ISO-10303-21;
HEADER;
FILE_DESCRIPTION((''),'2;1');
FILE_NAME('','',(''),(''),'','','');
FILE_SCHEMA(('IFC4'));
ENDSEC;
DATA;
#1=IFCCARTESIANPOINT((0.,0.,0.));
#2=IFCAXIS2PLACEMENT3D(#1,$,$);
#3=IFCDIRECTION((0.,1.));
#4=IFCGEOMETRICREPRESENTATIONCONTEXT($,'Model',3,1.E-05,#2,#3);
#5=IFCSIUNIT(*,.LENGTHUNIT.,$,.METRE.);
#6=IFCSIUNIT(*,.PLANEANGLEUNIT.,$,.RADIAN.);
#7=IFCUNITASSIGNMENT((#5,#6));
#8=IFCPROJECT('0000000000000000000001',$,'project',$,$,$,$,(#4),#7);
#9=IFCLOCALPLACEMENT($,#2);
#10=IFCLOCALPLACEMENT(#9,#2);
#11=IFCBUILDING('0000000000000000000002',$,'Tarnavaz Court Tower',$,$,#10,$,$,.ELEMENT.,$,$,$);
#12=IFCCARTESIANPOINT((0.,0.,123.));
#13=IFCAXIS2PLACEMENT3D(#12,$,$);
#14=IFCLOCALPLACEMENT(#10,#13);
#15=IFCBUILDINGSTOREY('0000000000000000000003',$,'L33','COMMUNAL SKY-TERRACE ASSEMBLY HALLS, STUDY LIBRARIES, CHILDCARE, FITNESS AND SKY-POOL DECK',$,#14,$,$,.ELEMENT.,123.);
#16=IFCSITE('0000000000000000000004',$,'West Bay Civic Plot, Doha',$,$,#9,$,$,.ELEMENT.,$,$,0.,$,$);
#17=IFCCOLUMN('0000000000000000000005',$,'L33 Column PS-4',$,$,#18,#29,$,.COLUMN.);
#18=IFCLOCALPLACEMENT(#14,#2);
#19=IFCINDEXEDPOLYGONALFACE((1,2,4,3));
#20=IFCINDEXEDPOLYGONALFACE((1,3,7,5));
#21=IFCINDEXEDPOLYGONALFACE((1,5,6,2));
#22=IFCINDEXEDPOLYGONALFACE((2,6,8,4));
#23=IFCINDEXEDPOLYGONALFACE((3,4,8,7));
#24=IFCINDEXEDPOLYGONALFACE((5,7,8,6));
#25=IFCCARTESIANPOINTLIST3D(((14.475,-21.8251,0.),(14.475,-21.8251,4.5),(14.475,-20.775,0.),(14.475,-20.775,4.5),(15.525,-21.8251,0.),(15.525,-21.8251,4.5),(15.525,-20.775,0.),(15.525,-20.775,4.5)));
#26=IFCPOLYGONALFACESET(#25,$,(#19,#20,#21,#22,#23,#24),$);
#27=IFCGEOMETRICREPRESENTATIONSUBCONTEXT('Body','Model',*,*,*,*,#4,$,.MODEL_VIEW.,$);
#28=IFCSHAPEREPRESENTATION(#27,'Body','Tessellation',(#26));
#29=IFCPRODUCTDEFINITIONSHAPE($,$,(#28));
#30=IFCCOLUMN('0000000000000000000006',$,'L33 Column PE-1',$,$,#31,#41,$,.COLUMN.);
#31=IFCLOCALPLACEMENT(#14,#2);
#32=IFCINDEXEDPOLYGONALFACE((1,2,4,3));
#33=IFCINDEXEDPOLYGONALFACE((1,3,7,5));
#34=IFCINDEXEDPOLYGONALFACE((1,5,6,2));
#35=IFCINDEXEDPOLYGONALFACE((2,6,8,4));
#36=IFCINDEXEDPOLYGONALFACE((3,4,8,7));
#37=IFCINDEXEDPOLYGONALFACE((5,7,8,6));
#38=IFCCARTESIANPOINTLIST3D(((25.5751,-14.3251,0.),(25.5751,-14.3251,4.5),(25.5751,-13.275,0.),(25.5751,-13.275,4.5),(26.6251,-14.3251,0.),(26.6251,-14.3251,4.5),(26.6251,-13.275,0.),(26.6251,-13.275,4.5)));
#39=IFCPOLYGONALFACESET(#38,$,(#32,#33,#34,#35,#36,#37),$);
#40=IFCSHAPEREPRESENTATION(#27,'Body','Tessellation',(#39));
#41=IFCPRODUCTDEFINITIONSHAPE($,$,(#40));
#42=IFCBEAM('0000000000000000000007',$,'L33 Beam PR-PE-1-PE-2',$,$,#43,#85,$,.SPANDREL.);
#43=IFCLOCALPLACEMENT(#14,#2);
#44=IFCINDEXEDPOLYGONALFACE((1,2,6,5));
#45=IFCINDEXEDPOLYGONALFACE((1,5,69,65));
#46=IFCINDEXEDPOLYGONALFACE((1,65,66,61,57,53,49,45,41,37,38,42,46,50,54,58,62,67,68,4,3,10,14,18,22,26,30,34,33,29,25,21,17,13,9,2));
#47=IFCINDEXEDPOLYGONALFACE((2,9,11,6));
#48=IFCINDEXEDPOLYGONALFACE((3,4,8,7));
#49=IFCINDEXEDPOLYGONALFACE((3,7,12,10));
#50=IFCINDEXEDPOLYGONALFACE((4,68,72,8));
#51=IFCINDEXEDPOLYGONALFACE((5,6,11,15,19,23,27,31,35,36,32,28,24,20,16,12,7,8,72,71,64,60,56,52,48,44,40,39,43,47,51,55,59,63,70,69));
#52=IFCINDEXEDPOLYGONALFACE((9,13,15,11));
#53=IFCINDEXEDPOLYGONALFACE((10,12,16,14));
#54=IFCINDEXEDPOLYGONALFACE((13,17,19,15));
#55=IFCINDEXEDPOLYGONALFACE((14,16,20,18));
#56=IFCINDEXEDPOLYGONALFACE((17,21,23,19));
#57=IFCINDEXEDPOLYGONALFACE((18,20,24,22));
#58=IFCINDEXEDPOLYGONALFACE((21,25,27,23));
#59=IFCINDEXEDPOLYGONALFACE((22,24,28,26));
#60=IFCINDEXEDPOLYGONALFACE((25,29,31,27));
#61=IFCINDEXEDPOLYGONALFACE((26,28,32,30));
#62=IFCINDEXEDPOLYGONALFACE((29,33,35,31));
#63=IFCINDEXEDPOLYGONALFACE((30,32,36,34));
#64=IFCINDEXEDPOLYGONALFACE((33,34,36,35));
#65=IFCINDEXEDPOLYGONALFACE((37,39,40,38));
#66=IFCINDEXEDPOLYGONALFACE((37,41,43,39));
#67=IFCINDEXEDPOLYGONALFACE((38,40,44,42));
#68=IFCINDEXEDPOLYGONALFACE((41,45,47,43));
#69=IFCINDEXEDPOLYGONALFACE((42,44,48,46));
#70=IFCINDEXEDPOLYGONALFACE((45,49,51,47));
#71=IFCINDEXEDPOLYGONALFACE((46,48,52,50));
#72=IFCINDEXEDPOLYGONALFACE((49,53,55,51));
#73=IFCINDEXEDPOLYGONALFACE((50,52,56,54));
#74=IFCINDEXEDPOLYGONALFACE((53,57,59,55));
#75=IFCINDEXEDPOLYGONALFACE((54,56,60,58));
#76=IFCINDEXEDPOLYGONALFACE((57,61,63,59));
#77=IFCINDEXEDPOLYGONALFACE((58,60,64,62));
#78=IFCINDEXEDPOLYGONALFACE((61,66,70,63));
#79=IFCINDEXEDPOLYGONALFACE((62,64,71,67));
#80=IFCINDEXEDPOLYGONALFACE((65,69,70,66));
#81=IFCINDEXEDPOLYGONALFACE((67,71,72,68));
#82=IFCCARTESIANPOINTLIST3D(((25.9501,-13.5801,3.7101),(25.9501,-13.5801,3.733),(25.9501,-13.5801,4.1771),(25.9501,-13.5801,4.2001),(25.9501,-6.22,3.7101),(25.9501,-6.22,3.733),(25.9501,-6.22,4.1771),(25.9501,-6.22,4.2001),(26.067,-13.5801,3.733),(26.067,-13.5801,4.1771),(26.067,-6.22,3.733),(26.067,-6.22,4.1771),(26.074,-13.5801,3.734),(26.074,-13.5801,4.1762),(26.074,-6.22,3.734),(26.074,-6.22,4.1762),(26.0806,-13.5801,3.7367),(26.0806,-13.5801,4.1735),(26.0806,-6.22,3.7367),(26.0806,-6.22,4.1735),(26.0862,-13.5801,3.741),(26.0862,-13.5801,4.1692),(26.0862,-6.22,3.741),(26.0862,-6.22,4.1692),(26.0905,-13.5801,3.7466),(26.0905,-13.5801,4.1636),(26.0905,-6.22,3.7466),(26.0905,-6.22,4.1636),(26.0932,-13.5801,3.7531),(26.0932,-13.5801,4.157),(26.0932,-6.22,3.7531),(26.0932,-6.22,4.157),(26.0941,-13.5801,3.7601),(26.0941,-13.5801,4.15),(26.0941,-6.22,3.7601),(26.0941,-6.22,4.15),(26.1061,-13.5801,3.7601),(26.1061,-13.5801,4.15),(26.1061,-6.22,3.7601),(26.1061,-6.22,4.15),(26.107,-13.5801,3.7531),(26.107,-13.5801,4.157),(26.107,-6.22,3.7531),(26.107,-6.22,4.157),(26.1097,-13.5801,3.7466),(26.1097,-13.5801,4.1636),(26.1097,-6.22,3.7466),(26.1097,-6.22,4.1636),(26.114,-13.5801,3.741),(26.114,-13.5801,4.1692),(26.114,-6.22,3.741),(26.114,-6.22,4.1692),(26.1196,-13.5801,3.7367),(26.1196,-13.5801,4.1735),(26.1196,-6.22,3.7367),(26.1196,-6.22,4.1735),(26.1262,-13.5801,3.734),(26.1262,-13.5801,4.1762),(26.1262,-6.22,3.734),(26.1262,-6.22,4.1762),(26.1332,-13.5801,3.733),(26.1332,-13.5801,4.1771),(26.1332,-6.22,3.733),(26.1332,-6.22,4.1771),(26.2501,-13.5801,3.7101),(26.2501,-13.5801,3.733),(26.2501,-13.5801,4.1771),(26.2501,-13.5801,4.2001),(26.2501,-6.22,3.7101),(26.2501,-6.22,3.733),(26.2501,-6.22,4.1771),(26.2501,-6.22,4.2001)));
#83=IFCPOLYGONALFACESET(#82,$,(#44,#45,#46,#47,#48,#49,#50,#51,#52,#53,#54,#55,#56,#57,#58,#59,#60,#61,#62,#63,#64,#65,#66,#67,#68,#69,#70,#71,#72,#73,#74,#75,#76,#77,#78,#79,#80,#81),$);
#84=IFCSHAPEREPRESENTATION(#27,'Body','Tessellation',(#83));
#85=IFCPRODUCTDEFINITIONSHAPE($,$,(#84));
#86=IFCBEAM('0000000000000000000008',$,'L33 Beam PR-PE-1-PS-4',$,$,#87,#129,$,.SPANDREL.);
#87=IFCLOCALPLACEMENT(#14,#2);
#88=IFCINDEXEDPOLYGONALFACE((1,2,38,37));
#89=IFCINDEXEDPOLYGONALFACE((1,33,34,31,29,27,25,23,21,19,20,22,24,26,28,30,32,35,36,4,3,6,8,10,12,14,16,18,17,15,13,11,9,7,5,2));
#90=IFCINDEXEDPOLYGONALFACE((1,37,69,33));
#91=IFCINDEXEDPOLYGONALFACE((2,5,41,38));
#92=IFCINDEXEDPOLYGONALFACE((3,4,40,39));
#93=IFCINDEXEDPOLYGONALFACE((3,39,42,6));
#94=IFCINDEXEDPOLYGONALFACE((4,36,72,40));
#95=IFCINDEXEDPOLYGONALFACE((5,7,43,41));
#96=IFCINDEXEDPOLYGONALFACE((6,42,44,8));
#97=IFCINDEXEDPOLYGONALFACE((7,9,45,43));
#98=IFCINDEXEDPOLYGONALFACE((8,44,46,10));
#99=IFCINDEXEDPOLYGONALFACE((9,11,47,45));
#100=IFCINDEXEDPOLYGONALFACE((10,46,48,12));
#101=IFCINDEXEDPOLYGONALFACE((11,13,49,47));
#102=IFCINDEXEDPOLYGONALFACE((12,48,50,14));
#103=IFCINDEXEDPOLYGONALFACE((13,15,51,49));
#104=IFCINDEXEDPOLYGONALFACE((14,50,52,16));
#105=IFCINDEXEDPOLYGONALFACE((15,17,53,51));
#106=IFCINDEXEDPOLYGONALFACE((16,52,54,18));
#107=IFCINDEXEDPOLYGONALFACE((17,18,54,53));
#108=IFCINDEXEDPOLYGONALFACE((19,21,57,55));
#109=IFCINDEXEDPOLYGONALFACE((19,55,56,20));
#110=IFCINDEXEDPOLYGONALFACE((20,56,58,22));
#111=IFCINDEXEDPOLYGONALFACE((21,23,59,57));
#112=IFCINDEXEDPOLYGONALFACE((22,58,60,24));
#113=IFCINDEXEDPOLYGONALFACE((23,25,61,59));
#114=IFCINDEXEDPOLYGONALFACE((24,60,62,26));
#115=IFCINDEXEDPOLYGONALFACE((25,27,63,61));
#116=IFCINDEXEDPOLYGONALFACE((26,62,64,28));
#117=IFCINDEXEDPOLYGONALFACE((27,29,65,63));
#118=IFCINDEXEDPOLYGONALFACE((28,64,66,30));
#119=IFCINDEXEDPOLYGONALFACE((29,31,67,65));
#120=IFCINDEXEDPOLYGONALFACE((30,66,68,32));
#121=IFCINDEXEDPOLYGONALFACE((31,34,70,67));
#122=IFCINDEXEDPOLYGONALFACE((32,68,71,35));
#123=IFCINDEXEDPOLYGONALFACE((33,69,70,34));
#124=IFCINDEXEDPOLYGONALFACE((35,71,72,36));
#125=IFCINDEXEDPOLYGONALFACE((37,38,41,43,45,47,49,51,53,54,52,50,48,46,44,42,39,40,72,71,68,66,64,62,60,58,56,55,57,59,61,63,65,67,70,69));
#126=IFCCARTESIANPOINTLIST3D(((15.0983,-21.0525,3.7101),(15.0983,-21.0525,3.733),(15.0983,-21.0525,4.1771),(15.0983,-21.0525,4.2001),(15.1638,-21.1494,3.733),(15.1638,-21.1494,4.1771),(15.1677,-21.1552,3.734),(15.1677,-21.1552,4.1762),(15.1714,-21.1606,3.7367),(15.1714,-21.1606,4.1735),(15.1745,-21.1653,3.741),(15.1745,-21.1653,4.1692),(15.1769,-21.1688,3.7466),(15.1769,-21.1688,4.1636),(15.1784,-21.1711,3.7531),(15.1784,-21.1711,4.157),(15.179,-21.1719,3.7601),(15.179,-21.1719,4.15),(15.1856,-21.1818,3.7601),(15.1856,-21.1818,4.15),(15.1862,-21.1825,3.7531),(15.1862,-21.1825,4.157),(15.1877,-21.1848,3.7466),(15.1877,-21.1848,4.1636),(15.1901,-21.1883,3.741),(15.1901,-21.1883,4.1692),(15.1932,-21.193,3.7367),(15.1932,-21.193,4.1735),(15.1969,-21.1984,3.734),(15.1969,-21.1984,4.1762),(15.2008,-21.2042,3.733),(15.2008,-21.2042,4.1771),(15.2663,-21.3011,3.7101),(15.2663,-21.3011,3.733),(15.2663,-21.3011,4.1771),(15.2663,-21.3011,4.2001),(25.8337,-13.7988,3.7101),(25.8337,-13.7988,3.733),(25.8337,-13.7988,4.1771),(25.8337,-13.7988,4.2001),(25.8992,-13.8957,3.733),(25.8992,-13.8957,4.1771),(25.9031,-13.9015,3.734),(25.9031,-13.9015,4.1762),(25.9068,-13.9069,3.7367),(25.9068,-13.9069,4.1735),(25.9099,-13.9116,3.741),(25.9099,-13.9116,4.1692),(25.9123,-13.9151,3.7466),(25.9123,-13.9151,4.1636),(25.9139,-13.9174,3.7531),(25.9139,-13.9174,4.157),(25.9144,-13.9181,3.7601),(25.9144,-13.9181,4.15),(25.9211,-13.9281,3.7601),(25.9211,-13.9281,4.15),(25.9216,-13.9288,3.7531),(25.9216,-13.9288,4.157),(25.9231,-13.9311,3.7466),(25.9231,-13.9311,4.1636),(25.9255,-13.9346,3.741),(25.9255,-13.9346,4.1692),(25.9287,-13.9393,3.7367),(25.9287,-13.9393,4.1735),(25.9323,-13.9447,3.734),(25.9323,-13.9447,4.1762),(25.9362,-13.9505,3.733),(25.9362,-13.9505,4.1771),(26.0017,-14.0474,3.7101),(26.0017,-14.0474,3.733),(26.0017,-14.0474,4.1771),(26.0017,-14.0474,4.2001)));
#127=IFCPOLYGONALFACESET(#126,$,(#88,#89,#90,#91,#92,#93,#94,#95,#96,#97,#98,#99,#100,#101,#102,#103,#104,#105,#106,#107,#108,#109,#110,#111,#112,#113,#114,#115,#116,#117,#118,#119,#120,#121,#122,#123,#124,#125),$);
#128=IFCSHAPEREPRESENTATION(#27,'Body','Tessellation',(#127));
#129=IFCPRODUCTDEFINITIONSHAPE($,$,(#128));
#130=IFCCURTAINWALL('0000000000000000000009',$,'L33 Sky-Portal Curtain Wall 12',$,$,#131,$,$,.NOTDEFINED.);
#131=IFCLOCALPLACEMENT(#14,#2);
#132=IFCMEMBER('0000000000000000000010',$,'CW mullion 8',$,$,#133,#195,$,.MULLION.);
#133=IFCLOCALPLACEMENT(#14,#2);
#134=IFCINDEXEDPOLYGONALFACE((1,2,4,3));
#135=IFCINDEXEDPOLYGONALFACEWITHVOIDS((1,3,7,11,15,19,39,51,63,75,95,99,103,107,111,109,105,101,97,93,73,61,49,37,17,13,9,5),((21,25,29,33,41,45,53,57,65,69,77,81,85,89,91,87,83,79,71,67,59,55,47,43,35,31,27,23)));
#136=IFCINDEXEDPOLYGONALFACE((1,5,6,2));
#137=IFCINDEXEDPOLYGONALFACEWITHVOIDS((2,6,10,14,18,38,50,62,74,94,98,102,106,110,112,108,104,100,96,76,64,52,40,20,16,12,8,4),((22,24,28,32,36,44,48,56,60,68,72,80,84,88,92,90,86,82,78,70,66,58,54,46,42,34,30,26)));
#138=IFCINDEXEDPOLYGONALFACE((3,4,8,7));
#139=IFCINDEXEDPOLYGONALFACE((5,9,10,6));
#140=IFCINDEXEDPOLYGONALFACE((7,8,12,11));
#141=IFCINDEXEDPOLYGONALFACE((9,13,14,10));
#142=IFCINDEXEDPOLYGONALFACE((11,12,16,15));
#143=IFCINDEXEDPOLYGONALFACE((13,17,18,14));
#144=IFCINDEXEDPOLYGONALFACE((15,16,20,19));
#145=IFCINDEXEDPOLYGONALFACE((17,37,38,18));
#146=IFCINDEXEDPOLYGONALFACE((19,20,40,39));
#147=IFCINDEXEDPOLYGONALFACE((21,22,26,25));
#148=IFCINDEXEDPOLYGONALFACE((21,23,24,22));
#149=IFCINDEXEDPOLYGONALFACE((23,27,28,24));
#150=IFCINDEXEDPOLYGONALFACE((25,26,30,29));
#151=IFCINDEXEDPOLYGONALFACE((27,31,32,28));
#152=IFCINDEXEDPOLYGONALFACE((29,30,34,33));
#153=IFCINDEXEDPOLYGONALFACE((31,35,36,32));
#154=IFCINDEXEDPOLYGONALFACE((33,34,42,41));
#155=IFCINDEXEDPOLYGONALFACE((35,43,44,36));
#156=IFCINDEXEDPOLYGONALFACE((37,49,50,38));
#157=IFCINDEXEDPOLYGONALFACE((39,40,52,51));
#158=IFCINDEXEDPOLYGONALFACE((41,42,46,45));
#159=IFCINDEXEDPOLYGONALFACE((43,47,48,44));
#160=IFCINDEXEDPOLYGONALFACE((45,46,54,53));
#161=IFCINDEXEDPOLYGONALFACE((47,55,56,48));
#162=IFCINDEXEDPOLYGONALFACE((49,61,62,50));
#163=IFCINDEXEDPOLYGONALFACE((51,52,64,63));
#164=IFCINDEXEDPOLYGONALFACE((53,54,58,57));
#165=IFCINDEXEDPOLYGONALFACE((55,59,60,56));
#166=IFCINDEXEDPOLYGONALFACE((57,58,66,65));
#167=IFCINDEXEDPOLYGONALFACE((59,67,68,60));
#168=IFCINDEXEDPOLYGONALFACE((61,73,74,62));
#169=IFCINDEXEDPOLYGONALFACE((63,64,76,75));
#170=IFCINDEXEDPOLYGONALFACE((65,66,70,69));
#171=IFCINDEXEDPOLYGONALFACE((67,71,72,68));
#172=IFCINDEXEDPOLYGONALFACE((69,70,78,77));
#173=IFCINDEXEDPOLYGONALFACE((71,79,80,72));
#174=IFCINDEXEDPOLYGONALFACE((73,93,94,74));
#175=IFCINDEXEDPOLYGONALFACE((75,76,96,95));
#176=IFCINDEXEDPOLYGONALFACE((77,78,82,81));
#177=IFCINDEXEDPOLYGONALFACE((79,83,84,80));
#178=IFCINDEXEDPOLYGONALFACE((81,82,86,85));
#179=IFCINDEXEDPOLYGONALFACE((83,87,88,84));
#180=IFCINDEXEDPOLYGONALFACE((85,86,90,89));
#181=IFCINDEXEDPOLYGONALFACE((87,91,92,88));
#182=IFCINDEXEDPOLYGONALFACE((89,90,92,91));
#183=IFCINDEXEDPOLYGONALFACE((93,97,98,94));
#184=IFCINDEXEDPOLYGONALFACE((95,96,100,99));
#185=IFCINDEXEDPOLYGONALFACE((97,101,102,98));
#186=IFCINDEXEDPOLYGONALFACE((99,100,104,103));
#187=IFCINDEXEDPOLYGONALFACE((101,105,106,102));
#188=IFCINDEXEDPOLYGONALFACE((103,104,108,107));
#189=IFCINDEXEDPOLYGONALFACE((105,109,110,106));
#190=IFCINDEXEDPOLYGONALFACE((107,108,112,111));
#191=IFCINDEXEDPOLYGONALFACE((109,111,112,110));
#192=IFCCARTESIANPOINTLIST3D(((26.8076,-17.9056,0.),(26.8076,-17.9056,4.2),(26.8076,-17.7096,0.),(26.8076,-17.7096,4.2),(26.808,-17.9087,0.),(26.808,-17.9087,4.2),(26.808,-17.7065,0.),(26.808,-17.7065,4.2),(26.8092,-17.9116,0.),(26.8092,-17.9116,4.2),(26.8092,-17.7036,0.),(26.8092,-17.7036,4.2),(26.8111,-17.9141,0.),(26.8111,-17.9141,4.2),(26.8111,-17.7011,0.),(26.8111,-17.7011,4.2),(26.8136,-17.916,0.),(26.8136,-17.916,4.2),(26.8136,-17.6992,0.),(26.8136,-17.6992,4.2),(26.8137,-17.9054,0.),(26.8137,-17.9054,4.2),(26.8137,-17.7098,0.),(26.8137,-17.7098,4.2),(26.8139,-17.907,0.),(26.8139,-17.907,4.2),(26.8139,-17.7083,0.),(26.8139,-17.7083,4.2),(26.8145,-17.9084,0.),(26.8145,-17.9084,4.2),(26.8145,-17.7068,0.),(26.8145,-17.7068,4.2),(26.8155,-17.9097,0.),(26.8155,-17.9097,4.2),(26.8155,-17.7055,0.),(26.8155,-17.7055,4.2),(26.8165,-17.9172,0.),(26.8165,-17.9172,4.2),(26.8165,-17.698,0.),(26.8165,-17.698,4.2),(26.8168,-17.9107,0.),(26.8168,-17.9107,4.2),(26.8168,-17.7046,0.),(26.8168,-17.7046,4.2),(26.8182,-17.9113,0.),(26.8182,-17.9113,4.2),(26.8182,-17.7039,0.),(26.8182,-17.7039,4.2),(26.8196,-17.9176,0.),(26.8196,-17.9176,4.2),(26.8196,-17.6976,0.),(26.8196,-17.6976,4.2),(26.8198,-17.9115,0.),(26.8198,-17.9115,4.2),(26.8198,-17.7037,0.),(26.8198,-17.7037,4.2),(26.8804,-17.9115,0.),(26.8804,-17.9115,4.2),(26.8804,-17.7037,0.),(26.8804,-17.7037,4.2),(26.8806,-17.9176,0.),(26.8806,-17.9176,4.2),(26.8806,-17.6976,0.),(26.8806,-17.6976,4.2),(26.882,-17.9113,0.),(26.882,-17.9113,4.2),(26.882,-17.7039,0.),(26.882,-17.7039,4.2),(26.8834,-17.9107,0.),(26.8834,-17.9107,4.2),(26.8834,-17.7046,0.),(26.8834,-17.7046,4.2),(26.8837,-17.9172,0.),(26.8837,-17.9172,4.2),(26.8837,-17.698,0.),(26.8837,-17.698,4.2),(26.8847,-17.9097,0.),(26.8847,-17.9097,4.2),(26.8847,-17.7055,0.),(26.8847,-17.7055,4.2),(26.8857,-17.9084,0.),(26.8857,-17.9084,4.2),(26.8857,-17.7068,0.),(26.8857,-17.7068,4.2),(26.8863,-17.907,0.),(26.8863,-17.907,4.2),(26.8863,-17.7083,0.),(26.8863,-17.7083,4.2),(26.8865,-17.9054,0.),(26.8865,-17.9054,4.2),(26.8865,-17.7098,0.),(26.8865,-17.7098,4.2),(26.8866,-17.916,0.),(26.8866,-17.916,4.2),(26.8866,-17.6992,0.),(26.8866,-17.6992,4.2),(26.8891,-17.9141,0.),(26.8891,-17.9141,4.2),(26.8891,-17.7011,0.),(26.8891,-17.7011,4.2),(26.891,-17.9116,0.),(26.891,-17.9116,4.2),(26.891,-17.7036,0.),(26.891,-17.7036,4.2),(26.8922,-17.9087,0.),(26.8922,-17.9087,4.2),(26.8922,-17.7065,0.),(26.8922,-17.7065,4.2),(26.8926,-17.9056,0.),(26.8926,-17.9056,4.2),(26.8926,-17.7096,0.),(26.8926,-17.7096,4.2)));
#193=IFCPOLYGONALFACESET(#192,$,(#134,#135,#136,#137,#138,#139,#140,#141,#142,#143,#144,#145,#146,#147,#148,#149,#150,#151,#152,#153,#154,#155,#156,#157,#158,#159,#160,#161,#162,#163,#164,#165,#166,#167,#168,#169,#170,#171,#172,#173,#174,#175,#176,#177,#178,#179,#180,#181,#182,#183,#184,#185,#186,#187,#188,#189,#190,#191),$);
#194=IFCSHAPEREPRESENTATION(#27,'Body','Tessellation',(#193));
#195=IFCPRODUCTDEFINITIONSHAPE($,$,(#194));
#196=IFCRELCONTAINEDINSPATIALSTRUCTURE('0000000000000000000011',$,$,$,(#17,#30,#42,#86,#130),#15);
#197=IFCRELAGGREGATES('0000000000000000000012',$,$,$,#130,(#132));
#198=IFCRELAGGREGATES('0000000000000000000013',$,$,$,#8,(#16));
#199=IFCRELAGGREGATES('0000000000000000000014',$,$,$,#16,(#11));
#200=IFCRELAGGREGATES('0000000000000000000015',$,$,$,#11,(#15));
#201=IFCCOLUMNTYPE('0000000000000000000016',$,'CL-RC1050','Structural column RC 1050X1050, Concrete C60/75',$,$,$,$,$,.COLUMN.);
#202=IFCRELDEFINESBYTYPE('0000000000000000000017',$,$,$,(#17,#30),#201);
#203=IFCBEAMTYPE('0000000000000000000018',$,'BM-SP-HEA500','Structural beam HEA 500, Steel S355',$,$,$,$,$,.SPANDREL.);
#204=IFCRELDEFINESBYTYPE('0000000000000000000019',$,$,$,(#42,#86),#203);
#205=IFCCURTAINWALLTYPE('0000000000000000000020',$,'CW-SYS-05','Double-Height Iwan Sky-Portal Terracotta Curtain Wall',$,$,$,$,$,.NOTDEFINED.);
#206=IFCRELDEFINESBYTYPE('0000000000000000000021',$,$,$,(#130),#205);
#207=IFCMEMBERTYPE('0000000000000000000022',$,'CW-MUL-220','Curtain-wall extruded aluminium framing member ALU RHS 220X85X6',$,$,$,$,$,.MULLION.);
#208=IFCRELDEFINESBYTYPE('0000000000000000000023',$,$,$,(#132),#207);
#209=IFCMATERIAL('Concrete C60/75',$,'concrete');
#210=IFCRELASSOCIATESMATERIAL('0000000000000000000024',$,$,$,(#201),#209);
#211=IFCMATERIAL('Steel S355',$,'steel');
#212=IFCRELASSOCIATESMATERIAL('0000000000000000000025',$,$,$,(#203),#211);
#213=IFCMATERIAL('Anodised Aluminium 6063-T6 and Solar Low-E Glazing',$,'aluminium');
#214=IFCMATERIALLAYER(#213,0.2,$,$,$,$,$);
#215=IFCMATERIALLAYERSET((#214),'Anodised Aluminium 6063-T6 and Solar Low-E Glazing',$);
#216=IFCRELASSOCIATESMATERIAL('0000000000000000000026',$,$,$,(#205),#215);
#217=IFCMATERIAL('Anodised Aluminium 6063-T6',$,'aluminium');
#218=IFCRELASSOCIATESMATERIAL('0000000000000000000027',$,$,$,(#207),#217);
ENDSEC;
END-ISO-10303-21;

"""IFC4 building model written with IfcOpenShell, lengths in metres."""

from ifc_helpers import new_model, si_unit, direction, frame, origin, origin_2d, place, context, subcontext, project, spatial, rectangle, hollow_rectangle, i_section, extrude, material, layer, layer_set, material_profile, profile_set, type_object, element, aggregate, save


model = new_model("IFC4")

# Units and contexts
model_context = context("Model", 3, precision=1e-05, world=origin(), true_north=direction((0.0, 1.0)))
body_context = subcontext(model_context, "Body", "Model", "MODEL_VIEW")
ifc_project = project(units=[si_unit("LENGTHUNIT", "METRE"), si_unit("PLANEANGLEUNIT", "RADIAN")], contexts=[model_context])

# Site, building, storey
site_placement = place(None, origin())
site = spatial("IfcSite", under=ifc_project, at=site_placement, Name="West Bay Civic Plot, Doha", CompositionType="ELEMENT", RefElevation=0.0)
building_placement = place(site_placement, origin())
building = spatial("IfcBuilding", under=site, at=building_placement, Name="Tarnavaz Court Tower", CompositionType="ELEMENT")
storey_placement = place(building_placement, frame((0.0, 0.0, 123.0)))
storey = spatial("IfcBuildingStorey", under=building, at=storey_placement, Name="L33", Description="COMMUNAL SKY-TERRACE ASSEMBLY HALLS, STUDY LIBRARIES, CHILDCARE, FITNESS AND SKY-POOL DECK", CompositionType="ELEMENT", Elevation=123.0)

# Columns
ifc_material_1 = material(Name="Concrete C60/75", Category="concrete")
ifc_material_profile_1 = material_profile(ifc_material_1, rectangle(XDim=1.05, YDim=1.05, at=origin_2d()), Name="RC 1050X1050")
ifc_profile_set_1 = profile_set([ifc_material_profile_1], Name="Concrete C60/75")
column_type = type_object("IfcColumnType", Name="CL-RC1050", Description="Structural column RC 1050X1050, Concrete C60/75", PredefinedType="COLUMN", material=ifc_profile_set_1)
for number, where, z_axis, x_axis, name in (
    (1, (15.0, -21.3, 0.0), (0.0, 0.0, 1.0), (1.0, 0.0, 0.0), "L33 Column PS-4"),
    (2, (26.1001, -13.8, 0.0), (0.0, 0.0, 1.0), (1.0, 0.0, 0.0), "L33 Column PE-1"),
):
    element("IfcColumn", number, at=place(storey_placement, frame(where, z_axis=z_axis, x_axis=x_axis)), inside=storey, type_object=column_type, Name=name, PredefinedType="COLUMN", context=body_context, shape_type="SweptSolid", body=[
        extrude(rectangle(XDim=1.05, YDim=1.05, at=origin_2d()), origin(), (0.0, 0.0, 1.0), 4.5),
    ])

# Beams
ifc_material_2 = material(Name="Steel S355", Category="steel")
ifc_material_profile_2 = material_profile(ifc_material_2, i_section(OverallWidth=0.3, OverallDepth=0.49, WebThickness=0.012, FlangeThickness=0.0229, FilletRadius=0.0271, at=origin_2d()), Name="HEA 500")
ifc_profile_set_2 = profile_set([ifc_material_profile_2], Name="Steel S355")
beam_type = type_object("IfcBeamType", Name="BM-SP-HEA500", Description="Structural beam HEA 500, Steel S355", PredefinedType="SPANDREL", material=ifc_profile_set_2)
beam_1_placement = place(storey_placement, frame((26.1001, -13.5801, 3.9551), z_axis=(0.0, 1.0, 0.0), x_axis=(-1.0, 0.0, 0.0)))
element("IfcBeam", 3, at=beam_1_placement, inside=storey, type_object=beam_type, Name="L33 Beam PR-PE-1-PE-2", PredefinedType="SPANDREL", context=body_context, shape_type="SweptSolid", body=[
    extrude(i_section(OverallWidth=0.3, OverallDepth=0.49, WebThickness=0.012, FlangeThickness=0.0229, FilletRadius=0.0271, at=origin_2d()), origin(), (0.0, 0.0, 1.0), 7.3601),
])
beam_2_placement = place(storey_placement, frame((25.9177, -13.9231, 3.9551), z_axis=(-0.828587, -0.55986, 0.0), x_axis=(0.55986, -0.828587, 0.0)))
element("IfcBeam", 4, at=beam_2_placement, inside=storey, type_object=beam_type, Name="L33 Beam PR-PE-1-PS-4", PredefinedType="SPANDREL", context=body_context, shape_type="SweptSolid", body=[
    extrude(i_section(OverallWidth=0.3, OverallDepth=0.49, WebThickness=0.012, FlangeThickness=0.0229, FilletRadius=0.0271, at=origin_2d()), origin(), (0.0, 0.0, 1.0), 12.9563),
])

# Curtain wall, member
ifc_material_3 = material(Name="Anodised Aluminium 6063-T6 and Solar Low-E Glazing", Category="aluminium")
ifc_layer_1 = layer(ifc_material_3, 0.2)
ifc_layer_set_1 = layer_set([ifc_layer_1], Name="Anodised Aluminium 6063-T6 and Solar Low-E Glazing")
curtain_wall_type = type_object("IfcCurtainWallType", Name="CW-SYS-05", Description="Double-Height Iwan Sky-Portal Terracotta Curtain Wall", PredefinedType="NOTDEFINED", material=ifc_layer_set_1)
curtain_wall_placement = place(storey_placement, origin())
curtain_wall = element("IfcCurtainWall", 5, at=curtain_wall_placement, inside=storey, type_object=curtain_wall_type, Name="L33 Sky-Portal Curtain Wall 12", PredefinedType="NOTDEFINED")
ifc_material_4 = material(Name="Anodised Aluminium 6063-T6", Category="aluminium")
ifc_material_profile_3 = material_profile(ifc_material_4, hollow_rectangle(XDim=0.085, YDim=0.22, WallThickness=0.0061, InnerFilletRadius=0.0061, OuterFilletRadius=0.012, at=origin_2d()), Name="ALU RHS 220X85X6")
ifc_profile_set_3 = profile_set([ifc_material_profile_3], Name="Anodised Aluminium 6063-T6")
member_type = type_object("IfcMemberType", Name="CW-MUL-220", Description="Curtain-wall extruded aluminium framing member ALU RHS 220X85X6", PredefinedType="MULLION", material=ifc_profile_set_3)
member_placement = place(storey_placement, frame((26.8501, -17.8076, 0.0), z_axis=(0.0, 0.0, 1.0), x_axis=(1.0, 0.0, 0.0)))
member = element("IfcMember", 6, at=member_placement, type_object=member_type, Name="CW mullion 8", PredefinedType="MULLION", context=body_context, shape_type="SweptSolid", body=[
    extrude(hollow_rectangle(XDim=0.085, YDim=0.22, WallThickness=0.0061, InnerFilletRadius=0.0061, OuterFilletRadius=0.012, at=origin_2d()), origin(), (0.0, 0.0, 1.0), 4.2),
])
aggregate(curtain_wall, [member])

save(model, "model.ifc")
